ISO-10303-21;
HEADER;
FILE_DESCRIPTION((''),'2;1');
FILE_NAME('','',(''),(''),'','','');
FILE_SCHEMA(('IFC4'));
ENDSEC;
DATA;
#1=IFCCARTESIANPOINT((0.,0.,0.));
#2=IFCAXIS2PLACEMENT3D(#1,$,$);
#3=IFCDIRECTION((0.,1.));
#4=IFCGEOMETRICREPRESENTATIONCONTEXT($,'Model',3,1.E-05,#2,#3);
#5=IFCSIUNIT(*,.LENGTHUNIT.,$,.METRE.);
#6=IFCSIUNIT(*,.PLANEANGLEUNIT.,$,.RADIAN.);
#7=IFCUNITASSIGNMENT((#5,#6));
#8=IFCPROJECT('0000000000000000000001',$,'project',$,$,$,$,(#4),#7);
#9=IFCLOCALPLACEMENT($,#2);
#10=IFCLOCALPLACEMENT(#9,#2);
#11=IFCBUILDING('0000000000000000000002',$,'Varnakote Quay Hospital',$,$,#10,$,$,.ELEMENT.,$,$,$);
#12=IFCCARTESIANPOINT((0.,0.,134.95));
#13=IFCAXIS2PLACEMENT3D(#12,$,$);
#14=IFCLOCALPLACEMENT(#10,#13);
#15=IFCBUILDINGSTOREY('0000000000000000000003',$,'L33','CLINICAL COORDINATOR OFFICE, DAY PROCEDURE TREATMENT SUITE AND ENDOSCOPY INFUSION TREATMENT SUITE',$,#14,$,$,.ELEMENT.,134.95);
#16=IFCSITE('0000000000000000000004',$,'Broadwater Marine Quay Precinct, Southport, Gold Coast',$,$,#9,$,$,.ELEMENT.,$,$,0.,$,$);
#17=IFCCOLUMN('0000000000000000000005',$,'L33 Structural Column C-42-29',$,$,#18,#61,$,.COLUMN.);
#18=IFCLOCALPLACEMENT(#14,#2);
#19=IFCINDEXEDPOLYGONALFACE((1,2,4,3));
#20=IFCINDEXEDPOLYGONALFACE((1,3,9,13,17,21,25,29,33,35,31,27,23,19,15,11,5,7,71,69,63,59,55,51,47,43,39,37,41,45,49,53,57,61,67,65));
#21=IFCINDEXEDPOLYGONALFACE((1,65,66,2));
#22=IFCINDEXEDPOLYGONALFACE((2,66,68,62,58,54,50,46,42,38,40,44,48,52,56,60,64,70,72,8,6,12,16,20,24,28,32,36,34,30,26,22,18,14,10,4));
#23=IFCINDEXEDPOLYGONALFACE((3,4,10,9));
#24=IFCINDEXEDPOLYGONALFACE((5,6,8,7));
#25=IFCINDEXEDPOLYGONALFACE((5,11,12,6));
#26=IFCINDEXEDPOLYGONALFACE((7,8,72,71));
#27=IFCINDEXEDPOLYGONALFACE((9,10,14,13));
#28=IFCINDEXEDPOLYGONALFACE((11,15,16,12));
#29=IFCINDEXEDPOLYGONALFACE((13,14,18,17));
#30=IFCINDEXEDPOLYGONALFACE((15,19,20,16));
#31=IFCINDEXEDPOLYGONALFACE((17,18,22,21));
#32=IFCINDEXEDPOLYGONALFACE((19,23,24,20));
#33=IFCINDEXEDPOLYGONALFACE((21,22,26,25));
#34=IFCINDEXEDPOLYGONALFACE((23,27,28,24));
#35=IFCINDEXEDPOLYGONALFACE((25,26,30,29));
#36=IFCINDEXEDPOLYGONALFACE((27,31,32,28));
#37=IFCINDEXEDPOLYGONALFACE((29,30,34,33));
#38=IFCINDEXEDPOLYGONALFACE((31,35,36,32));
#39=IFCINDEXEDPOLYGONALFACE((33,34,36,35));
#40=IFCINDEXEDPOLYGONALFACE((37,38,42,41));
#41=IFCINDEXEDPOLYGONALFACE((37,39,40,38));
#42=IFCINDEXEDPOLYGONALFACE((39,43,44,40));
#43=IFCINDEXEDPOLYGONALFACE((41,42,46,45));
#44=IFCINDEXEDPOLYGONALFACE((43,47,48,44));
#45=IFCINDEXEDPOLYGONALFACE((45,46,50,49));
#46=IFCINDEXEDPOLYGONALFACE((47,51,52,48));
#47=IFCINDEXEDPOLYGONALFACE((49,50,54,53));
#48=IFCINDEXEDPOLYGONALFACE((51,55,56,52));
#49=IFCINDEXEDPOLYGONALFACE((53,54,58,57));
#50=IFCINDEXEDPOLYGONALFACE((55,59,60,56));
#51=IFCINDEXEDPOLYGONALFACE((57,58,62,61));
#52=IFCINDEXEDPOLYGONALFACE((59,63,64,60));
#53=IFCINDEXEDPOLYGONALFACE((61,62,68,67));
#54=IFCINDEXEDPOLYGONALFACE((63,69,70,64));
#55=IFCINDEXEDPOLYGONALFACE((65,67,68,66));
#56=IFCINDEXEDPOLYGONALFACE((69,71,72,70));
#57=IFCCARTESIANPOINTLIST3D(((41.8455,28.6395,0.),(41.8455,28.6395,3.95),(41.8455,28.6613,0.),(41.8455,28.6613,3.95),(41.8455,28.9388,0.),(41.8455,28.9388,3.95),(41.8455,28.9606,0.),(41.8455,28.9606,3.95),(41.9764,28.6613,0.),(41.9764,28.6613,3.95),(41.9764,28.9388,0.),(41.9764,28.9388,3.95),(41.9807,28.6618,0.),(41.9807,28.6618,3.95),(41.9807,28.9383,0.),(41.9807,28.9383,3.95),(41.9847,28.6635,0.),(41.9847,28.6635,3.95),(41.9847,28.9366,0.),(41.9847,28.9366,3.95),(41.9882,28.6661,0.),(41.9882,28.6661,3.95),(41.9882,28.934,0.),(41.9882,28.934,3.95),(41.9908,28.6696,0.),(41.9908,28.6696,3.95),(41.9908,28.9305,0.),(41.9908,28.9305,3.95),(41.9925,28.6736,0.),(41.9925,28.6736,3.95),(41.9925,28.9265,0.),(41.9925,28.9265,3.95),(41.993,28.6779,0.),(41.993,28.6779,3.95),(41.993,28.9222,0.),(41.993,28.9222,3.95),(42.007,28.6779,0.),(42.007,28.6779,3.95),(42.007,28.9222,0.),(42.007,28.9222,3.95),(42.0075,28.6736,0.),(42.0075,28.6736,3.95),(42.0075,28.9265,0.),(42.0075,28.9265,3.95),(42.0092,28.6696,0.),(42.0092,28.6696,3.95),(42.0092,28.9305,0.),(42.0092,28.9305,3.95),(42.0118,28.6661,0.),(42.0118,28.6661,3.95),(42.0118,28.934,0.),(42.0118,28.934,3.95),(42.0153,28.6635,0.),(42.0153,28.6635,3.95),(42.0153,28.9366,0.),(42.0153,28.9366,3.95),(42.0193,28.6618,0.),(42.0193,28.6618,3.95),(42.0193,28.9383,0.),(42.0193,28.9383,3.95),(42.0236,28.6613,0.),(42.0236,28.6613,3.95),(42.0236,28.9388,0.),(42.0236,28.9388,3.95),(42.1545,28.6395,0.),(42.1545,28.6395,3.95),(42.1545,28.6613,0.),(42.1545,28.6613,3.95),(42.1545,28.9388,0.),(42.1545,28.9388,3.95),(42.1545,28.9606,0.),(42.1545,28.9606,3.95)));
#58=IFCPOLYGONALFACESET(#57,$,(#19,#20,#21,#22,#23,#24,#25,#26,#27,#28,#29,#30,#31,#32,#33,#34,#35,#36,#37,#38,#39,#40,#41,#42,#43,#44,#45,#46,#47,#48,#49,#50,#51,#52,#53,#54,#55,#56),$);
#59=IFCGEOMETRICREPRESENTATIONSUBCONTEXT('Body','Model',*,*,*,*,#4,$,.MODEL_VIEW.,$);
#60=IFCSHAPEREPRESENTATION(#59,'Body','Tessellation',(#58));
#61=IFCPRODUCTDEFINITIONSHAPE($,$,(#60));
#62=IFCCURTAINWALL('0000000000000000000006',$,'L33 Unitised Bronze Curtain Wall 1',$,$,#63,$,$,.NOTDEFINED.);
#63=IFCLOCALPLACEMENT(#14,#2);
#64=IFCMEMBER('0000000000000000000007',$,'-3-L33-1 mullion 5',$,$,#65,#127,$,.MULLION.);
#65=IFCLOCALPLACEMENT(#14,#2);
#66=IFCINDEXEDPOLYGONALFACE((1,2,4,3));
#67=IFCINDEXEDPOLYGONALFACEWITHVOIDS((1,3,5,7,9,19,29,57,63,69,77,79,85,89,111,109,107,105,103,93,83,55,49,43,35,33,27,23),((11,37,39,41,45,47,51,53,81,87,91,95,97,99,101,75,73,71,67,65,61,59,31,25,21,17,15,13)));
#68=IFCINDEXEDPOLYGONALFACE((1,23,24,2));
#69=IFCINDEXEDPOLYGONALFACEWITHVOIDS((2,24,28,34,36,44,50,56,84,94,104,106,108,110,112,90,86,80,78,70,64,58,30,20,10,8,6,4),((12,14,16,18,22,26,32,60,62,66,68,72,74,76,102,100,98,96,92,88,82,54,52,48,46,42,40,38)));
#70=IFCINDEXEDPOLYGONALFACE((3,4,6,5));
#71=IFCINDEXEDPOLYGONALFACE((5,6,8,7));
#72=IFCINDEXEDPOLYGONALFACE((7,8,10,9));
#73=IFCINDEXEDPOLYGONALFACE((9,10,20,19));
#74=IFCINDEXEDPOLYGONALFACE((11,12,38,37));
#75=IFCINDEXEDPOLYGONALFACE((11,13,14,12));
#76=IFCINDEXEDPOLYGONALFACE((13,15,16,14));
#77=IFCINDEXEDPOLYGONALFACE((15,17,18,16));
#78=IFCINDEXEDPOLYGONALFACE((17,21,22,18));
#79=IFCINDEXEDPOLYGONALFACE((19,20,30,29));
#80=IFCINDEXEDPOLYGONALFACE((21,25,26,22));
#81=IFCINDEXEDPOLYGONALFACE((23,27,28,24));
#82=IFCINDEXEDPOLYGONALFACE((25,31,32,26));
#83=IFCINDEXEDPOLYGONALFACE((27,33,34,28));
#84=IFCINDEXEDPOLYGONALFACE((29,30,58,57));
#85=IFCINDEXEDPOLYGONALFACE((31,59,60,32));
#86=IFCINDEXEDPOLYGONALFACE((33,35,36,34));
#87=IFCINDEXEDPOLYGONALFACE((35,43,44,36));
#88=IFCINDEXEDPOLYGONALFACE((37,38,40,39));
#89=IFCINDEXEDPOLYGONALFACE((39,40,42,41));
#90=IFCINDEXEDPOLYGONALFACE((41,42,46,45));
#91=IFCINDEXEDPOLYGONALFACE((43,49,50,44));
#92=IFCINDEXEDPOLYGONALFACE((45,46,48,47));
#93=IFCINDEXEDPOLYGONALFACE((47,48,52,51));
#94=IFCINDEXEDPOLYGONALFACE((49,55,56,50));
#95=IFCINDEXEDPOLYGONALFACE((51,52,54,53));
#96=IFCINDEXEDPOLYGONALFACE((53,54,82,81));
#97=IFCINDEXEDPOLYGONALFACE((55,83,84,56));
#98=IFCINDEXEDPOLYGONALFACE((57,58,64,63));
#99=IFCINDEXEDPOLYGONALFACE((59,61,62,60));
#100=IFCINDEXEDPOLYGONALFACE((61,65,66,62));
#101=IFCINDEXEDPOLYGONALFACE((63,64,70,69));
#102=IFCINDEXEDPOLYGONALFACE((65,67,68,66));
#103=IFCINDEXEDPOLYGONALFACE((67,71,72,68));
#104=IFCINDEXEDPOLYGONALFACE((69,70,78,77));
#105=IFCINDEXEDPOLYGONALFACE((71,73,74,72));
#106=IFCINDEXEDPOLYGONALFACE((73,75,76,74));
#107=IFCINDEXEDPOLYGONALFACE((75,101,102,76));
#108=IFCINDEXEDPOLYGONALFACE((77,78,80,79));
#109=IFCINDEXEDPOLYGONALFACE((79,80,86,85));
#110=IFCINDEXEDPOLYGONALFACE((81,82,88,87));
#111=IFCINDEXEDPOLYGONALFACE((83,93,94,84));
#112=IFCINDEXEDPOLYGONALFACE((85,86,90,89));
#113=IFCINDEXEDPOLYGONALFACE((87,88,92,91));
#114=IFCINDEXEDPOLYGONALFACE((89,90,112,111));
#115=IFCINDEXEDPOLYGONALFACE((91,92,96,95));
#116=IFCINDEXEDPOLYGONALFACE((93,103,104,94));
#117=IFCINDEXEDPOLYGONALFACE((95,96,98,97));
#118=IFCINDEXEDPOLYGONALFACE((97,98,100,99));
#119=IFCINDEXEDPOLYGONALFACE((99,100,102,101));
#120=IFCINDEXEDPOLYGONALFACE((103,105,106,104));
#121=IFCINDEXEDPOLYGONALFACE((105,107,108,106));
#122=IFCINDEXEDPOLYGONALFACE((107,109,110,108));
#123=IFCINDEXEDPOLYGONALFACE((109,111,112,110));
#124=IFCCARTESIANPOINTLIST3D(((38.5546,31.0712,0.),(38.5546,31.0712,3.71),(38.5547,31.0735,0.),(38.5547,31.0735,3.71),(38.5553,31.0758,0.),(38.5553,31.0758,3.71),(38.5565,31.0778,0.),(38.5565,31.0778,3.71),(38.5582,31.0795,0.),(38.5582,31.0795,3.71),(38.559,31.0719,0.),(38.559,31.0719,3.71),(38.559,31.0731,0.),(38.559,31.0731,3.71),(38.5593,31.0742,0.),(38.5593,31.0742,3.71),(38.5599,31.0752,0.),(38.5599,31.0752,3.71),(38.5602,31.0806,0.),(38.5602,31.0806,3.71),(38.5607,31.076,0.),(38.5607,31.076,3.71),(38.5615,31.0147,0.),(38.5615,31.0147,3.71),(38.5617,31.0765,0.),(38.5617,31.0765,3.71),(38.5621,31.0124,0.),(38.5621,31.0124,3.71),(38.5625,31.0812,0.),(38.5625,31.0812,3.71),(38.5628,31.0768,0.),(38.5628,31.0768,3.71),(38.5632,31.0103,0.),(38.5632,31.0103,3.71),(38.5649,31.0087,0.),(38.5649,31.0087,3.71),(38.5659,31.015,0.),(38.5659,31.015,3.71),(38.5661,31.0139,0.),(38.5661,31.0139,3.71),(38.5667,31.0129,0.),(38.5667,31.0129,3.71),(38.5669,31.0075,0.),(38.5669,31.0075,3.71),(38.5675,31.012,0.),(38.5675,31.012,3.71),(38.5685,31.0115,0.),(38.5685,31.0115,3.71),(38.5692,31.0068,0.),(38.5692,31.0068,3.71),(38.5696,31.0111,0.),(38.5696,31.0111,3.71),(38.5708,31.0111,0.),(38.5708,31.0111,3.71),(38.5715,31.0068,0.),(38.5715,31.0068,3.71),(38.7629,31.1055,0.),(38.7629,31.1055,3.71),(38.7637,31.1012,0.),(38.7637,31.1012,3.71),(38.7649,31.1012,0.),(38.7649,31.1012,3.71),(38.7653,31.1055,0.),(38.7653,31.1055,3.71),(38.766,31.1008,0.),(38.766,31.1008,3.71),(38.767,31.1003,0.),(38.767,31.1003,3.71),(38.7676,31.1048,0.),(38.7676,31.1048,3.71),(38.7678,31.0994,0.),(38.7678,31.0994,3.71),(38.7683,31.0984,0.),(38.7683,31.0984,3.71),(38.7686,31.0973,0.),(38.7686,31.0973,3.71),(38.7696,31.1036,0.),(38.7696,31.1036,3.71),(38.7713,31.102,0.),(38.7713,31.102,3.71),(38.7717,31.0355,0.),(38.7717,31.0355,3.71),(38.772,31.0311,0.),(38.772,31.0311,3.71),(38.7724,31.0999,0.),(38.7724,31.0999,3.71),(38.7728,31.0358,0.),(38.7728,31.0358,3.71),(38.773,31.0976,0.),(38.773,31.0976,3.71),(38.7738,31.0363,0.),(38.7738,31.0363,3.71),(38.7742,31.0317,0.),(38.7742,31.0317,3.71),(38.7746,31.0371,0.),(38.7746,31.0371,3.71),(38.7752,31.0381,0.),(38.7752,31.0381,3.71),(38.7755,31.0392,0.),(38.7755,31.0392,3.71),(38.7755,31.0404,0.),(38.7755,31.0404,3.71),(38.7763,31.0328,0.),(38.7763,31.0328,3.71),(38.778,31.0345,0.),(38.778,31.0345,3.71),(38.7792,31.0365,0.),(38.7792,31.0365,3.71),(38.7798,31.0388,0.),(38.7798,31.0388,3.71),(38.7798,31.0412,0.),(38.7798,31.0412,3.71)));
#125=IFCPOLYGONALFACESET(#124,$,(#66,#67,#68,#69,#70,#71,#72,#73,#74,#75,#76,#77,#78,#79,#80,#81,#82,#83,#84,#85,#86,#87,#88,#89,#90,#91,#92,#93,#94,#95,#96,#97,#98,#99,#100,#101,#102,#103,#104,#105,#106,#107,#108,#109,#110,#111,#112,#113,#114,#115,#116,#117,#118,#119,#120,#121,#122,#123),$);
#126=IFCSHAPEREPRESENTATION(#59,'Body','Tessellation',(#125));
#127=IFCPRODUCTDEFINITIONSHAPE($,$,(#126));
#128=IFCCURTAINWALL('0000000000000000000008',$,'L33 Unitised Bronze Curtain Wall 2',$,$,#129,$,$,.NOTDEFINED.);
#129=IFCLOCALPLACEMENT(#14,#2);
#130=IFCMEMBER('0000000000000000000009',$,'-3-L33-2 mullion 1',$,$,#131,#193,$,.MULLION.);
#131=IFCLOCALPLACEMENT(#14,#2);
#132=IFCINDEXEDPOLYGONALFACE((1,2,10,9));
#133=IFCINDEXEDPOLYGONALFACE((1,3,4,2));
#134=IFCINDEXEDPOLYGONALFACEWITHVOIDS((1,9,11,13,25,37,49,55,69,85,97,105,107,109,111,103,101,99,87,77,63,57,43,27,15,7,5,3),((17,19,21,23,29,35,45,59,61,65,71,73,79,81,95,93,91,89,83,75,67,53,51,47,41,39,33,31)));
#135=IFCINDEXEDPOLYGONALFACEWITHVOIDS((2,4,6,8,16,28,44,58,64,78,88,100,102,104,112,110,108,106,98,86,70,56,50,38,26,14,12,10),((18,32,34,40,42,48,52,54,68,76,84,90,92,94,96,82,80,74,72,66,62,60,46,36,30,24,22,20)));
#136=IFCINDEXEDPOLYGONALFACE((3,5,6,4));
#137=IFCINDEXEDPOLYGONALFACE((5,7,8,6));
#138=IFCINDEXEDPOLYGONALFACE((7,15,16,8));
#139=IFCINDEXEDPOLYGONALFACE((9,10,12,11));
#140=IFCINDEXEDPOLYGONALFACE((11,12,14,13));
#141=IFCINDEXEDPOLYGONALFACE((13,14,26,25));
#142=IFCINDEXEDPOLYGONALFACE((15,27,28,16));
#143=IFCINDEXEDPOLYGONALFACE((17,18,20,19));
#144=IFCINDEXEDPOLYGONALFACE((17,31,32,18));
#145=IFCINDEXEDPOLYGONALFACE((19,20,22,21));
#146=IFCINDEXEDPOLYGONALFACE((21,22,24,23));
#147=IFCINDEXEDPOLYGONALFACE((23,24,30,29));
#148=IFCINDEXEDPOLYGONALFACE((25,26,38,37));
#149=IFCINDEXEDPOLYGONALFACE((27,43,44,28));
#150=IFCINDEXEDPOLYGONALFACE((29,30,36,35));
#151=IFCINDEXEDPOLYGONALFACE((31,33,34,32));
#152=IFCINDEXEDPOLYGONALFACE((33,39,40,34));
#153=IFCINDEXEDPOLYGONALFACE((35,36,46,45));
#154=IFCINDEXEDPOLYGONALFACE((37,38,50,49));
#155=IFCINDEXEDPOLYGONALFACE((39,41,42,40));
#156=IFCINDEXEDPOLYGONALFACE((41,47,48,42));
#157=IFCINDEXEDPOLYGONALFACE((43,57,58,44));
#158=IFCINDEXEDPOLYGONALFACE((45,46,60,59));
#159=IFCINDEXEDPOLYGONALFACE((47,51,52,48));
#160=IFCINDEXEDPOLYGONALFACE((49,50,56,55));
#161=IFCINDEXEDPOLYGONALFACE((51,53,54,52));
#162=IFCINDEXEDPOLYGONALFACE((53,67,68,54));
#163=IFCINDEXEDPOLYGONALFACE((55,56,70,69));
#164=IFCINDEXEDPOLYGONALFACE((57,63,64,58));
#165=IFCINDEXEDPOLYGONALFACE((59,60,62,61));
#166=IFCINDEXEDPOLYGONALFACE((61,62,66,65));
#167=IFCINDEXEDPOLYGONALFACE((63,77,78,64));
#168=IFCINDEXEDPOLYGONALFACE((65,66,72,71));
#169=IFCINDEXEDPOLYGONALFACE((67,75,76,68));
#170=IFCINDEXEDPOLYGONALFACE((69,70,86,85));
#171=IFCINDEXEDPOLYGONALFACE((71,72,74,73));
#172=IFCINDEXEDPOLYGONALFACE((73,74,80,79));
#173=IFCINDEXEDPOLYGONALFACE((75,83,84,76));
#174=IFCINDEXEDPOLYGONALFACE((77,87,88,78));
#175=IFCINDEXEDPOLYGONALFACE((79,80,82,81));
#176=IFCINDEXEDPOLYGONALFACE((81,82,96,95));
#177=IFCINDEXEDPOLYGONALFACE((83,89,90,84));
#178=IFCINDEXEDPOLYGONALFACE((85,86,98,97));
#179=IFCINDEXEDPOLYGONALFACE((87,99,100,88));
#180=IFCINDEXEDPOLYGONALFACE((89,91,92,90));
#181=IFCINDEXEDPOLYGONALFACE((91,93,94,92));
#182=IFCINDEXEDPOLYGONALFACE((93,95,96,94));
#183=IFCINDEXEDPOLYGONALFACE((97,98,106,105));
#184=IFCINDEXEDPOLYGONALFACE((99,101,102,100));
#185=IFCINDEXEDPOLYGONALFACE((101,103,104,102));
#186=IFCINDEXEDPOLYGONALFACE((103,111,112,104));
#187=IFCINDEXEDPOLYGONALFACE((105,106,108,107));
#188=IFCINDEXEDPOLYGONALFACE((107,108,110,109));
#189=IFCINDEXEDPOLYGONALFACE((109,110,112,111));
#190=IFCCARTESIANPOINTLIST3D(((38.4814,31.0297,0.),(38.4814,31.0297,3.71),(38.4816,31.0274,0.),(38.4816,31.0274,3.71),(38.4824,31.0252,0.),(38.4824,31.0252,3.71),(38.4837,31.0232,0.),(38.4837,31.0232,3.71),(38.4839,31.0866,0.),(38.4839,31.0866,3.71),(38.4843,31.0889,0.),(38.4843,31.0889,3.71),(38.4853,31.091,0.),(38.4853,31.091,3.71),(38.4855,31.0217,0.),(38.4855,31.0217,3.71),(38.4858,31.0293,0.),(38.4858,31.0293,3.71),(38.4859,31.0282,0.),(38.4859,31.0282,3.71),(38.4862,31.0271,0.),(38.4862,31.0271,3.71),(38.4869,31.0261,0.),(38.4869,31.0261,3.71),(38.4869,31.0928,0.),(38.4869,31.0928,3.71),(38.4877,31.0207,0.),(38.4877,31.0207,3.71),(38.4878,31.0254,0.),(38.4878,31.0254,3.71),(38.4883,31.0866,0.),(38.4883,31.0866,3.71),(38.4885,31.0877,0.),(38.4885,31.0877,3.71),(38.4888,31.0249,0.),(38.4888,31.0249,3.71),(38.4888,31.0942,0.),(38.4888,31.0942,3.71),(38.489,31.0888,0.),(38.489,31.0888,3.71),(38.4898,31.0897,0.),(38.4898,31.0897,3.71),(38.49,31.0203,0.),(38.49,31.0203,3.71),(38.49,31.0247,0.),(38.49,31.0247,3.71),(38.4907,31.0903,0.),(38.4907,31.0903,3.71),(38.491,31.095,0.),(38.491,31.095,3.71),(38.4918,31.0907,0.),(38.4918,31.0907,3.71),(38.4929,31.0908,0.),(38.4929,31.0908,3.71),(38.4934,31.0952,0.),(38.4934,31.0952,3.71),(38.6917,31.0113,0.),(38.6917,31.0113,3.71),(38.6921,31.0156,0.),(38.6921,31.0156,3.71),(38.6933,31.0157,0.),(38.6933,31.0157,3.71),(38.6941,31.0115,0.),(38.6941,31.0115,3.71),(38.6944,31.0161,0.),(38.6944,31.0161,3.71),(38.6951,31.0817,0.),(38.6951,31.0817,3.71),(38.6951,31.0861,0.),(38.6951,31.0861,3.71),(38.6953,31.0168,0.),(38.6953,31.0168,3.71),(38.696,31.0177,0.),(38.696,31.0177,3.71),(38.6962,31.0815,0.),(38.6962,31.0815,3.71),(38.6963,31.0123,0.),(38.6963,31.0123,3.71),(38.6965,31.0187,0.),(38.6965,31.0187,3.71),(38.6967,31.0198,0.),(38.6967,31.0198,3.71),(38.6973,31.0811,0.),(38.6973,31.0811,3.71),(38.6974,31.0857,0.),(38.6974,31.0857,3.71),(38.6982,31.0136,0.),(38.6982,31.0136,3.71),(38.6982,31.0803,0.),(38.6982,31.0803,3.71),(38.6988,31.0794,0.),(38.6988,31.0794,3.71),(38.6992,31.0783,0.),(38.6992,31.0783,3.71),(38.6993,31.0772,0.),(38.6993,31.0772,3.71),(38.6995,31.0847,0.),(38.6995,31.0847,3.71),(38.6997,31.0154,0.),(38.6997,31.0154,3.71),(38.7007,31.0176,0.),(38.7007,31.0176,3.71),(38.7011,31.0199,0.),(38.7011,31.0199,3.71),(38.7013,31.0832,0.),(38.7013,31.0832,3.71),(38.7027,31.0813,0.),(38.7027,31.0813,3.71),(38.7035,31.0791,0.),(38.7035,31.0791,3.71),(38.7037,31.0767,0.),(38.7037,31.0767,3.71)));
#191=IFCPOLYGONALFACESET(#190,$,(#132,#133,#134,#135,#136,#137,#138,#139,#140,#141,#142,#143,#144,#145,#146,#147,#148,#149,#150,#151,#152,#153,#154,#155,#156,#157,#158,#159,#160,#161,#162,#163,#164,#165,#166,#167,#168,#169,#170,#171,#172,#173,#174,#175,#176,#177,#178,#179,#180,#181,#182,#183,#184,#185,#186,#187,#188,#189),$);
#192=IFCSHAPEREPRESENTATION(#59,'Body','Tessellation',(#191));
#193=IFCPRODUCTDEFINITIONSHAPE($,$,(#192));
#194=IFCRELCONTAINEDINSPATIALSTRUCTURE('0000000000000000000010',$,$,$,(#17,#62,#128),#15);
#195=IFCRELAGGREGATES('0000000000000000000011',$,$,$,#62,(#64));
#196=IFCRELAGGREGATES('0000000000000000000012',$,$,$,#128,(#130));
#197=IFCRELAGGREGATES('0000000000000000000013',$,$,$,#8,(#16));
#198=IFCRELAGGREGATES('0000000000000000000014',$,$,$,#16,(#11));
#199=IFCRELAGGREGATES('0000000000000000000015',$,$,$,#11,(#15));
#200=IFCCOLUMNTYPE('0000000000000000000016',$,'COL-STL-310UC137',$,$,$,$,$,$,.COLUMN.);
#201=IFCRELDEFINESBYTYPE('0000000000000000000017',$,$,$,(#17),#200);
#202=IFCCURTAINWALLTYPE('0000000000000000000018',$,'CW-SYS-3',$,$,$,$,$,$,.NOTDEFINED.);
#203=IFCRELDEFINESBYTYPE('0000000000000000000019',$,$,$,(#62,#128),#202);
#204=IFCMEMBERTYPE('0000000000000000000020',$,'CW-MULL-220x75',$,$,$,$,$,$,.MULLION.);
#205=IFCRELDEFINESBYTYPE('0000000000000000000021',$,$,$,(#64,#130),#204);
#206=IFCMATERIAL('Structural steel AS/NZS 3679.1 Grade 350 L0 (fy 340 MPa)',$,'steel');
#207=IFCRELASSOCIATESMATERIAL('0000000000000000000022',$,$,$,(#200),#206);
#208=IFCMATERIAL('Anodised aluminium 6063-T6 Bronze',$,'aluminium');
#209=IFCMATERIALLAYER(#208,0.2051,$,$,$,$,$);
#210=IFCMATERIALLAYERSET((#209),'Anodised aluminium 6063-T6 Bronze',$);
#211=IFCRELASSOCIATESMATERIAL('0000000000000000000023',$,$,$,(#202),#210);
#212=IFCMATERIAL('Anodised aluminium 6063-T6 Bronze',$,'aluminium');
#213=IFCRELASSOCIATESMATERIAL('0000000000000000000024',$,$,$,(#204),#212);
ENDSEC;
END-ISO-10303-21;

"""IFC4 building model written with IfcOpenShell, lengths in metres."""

from ifc_helpers import new_model, si_unit, direction, frame, origin, origin_2d, place, context, subcontext, project, spatial, hollow_rectangle, i_section, extrude, material, layer, layer_set, material_profile, profile_set, type_object, element, aggregate, save


model = new_model("IFC4")

# Units and contexts
model_context = context("Model", 3, precision=1e-05, world=origin(), true_north=direction((0.0, 1.0)))
body_context = subcontext(model_context, "Body", "Model", "MODEL_VIEW")
ifc_project = project(units=[si_unit("LENGTHUNIT", "METRE"), si_unit("PLANEANGLEUNIT", "RADIAN")], contexts=[model_context])

# Site, building, storey
site_placement = place(None, origin())
site = spatial("IfcSite", under=ifc_project, at=site_placement, Name="Broadwater Marine Quay Precinct, Southport, Gold Coast", CompositionType="ELEMENT", RefElevation=0.0)
building_placement = place(site_placement, origin())
building = spatial("IfcBuilding", under=site, at=building_placement, Name="Varnakote Quay Hospital", CompositionType="ELEMENT")
storey_placement = place(building_placement, frame((0.0, 0.0, 134.95)))
storey = spatial("IfcBuildingStorey", under=building, at=storey_placement, Name="L33", Description="CLINICAL COORDINATOR OFFICE, DAY PROCEDURE TREATMENT SUITE AND ENDOSCOPY INFUSION TREATMENT SUITE", CompositionType="ELEMENT", Elevation=134.95)

# Column
ifc_material_1 = material(Name="Structural steel AS/NZS 3679.1 Grade 350 L0 (fy 340 MPa)", Category="steel")
ifc_material_profile_1 = material_profile(ifc_material_1, i_section(OverallWidth=0.3091, OverallDepth=0.321, WebThickness=0.0139, FlangeThickness=0.0217, FilletRadius=0.0166, at=origin_2d()), Name="310UC137")
ifc_profile_set_1 = profile_set([ifc_material_profile_1], Name="Structural steel AS/NZS 3679.1 Grade 350 L0 (fy 340 MPa)")
column_type = type_object("IfcColumnType", Name="COL-STL-310UC137", PredefinedType="COLUMN", material=ifc_profile_set_1)
column_placement = place(storey_placement, frame((42.0, 28.8, 0.0), z_axis=(0.0, 0.0, 1.0), x_axis=(1.0, 0.0, 0.0)))
element("IfcColumn", 1, at=column_placement, inside=storey, type_object=column_type, Name="L33 Structural Column C-42-29", PredefinedType="COLUMN", context=body_context, shape_type="SweptSolid", body=[
    extrude(i_section(OverallWidth=0.3091, OverallDepth=0.321, WebThickness=0.0139, FlangeThickness=0.0217, FilletRadius=0.0166, at=origin_2d()), origin(), (0.0, 0.0, 1.0), 3.95),
])

# Curtain wall, member
ifc_material_2 = material(Name="Anodised aluminium 6063-T6 Bronze", Category="aluminium")
ifc_layer_1 = layer(ifc_material_2, 0.2051)
ifc_layer_set_1 = layer_set([ifc_layer_1], Name="Anodised aluminium 6063-T6 Bronze")
curtain_wall_type = type_object("IfcCurtainWallType", Name="CW-SYS-3", PredefinedType="NOTDEFINED", material=ifc_layer_set_1)
curtain_wall_1_placement = place(storey_placement, origin())
curtain_wall_1 = element("IfcCurtainWall", 2, at=curtain_wall_1_placement, inside=storey, type_object=curtain_wall_type, Name="L33 Unitised Bronze Curtain Wall 1", PredefinedType="NOTDEFINED")
ifc_material_3 = material(Name="Anodised aluminium 6063-T6 Bronze", Category="aluminium")
ifc_material_profile_2 = material_profile(ifc_material_3, hollow_rectangle(XDim=0.075, YDim=0.22, WallThickness=0.0044, InnerFilletRadius=0.0044, OuterFilletRadius=0.009, at=origin_2d()), Name="CW-MULL-220x75")
ifc_profile_set_2 = profile_set([ifc_material_profile_2], Name="Anodised aluminium 6063-T6 Bronze")
member_type_1 = type_object("IfcMemberType", Name="CW-MULL-220x75", PredefinedType="MULLION", material=ifc_profile_set_2)
member_1_placement = place(storey_placement, frame((38.6672, 31.0562, 0.0), z_axis=(0.0, 0.0, 1.0), x_axis=(0.120327, -0.992734, 0.0)))
member_1 = element("IfcMember", 3, at=member_1_placement, type_object=member_type_1, Name="-3-L33-1 mullion 5", PredefinedType="MULLION", context=body_context, shape_type="SweptSolid", body=[
    extrude(hollow_rectangle(XDim=0.075, YDim=0.22, WallThickness=0.0044, InnerFilletRadius=0.0044, OuterFilletRadius=0.009, at=origin_2d()), origin(), (0.0, 0.0, 1.0), 3.71),
])

# Curtain wall, member
curtain_wall_2_placement = place(storey_placement, origin())
curtain_wall_2 = element("IfcCurtainWall", 4, at=curtain_wall_2_placement, inside=storey, type_object=curtain_wall_type, Name="L33 Unitised Bronze Curtain Wall 2", PredefinedType="NOTDEFINED")
member_2_placement = place(storey_placement, frame((38.5925, 31.0532, 0.0), z_axis=(0.0, 0.0, 1.0), x_axis=(-0.044782, -0.998997, 0.0)))
member_2 = element("IfcMember", 5, at=member_2_placement, type_object=member_type_1, Name="-3-L33-2 mullion 1", PredefinedType="MULLION", context=body_context, shape_type="SweptSolid", body=[
    extrude(hollow_rectangle(XDim=0.075, YDim=0.22, WallThickness=0.0044, InnerFilletRadius=0.0044, OuterFilletRadius=0.009, at=origin_2d()), origin(), (0.0, 0.0, 1.0), 3.71),
])

aggregate(curtain_wall_1, [member_1])
aggregate(curtain_wall_2, [member_2])

save(model, "model.ifc")
